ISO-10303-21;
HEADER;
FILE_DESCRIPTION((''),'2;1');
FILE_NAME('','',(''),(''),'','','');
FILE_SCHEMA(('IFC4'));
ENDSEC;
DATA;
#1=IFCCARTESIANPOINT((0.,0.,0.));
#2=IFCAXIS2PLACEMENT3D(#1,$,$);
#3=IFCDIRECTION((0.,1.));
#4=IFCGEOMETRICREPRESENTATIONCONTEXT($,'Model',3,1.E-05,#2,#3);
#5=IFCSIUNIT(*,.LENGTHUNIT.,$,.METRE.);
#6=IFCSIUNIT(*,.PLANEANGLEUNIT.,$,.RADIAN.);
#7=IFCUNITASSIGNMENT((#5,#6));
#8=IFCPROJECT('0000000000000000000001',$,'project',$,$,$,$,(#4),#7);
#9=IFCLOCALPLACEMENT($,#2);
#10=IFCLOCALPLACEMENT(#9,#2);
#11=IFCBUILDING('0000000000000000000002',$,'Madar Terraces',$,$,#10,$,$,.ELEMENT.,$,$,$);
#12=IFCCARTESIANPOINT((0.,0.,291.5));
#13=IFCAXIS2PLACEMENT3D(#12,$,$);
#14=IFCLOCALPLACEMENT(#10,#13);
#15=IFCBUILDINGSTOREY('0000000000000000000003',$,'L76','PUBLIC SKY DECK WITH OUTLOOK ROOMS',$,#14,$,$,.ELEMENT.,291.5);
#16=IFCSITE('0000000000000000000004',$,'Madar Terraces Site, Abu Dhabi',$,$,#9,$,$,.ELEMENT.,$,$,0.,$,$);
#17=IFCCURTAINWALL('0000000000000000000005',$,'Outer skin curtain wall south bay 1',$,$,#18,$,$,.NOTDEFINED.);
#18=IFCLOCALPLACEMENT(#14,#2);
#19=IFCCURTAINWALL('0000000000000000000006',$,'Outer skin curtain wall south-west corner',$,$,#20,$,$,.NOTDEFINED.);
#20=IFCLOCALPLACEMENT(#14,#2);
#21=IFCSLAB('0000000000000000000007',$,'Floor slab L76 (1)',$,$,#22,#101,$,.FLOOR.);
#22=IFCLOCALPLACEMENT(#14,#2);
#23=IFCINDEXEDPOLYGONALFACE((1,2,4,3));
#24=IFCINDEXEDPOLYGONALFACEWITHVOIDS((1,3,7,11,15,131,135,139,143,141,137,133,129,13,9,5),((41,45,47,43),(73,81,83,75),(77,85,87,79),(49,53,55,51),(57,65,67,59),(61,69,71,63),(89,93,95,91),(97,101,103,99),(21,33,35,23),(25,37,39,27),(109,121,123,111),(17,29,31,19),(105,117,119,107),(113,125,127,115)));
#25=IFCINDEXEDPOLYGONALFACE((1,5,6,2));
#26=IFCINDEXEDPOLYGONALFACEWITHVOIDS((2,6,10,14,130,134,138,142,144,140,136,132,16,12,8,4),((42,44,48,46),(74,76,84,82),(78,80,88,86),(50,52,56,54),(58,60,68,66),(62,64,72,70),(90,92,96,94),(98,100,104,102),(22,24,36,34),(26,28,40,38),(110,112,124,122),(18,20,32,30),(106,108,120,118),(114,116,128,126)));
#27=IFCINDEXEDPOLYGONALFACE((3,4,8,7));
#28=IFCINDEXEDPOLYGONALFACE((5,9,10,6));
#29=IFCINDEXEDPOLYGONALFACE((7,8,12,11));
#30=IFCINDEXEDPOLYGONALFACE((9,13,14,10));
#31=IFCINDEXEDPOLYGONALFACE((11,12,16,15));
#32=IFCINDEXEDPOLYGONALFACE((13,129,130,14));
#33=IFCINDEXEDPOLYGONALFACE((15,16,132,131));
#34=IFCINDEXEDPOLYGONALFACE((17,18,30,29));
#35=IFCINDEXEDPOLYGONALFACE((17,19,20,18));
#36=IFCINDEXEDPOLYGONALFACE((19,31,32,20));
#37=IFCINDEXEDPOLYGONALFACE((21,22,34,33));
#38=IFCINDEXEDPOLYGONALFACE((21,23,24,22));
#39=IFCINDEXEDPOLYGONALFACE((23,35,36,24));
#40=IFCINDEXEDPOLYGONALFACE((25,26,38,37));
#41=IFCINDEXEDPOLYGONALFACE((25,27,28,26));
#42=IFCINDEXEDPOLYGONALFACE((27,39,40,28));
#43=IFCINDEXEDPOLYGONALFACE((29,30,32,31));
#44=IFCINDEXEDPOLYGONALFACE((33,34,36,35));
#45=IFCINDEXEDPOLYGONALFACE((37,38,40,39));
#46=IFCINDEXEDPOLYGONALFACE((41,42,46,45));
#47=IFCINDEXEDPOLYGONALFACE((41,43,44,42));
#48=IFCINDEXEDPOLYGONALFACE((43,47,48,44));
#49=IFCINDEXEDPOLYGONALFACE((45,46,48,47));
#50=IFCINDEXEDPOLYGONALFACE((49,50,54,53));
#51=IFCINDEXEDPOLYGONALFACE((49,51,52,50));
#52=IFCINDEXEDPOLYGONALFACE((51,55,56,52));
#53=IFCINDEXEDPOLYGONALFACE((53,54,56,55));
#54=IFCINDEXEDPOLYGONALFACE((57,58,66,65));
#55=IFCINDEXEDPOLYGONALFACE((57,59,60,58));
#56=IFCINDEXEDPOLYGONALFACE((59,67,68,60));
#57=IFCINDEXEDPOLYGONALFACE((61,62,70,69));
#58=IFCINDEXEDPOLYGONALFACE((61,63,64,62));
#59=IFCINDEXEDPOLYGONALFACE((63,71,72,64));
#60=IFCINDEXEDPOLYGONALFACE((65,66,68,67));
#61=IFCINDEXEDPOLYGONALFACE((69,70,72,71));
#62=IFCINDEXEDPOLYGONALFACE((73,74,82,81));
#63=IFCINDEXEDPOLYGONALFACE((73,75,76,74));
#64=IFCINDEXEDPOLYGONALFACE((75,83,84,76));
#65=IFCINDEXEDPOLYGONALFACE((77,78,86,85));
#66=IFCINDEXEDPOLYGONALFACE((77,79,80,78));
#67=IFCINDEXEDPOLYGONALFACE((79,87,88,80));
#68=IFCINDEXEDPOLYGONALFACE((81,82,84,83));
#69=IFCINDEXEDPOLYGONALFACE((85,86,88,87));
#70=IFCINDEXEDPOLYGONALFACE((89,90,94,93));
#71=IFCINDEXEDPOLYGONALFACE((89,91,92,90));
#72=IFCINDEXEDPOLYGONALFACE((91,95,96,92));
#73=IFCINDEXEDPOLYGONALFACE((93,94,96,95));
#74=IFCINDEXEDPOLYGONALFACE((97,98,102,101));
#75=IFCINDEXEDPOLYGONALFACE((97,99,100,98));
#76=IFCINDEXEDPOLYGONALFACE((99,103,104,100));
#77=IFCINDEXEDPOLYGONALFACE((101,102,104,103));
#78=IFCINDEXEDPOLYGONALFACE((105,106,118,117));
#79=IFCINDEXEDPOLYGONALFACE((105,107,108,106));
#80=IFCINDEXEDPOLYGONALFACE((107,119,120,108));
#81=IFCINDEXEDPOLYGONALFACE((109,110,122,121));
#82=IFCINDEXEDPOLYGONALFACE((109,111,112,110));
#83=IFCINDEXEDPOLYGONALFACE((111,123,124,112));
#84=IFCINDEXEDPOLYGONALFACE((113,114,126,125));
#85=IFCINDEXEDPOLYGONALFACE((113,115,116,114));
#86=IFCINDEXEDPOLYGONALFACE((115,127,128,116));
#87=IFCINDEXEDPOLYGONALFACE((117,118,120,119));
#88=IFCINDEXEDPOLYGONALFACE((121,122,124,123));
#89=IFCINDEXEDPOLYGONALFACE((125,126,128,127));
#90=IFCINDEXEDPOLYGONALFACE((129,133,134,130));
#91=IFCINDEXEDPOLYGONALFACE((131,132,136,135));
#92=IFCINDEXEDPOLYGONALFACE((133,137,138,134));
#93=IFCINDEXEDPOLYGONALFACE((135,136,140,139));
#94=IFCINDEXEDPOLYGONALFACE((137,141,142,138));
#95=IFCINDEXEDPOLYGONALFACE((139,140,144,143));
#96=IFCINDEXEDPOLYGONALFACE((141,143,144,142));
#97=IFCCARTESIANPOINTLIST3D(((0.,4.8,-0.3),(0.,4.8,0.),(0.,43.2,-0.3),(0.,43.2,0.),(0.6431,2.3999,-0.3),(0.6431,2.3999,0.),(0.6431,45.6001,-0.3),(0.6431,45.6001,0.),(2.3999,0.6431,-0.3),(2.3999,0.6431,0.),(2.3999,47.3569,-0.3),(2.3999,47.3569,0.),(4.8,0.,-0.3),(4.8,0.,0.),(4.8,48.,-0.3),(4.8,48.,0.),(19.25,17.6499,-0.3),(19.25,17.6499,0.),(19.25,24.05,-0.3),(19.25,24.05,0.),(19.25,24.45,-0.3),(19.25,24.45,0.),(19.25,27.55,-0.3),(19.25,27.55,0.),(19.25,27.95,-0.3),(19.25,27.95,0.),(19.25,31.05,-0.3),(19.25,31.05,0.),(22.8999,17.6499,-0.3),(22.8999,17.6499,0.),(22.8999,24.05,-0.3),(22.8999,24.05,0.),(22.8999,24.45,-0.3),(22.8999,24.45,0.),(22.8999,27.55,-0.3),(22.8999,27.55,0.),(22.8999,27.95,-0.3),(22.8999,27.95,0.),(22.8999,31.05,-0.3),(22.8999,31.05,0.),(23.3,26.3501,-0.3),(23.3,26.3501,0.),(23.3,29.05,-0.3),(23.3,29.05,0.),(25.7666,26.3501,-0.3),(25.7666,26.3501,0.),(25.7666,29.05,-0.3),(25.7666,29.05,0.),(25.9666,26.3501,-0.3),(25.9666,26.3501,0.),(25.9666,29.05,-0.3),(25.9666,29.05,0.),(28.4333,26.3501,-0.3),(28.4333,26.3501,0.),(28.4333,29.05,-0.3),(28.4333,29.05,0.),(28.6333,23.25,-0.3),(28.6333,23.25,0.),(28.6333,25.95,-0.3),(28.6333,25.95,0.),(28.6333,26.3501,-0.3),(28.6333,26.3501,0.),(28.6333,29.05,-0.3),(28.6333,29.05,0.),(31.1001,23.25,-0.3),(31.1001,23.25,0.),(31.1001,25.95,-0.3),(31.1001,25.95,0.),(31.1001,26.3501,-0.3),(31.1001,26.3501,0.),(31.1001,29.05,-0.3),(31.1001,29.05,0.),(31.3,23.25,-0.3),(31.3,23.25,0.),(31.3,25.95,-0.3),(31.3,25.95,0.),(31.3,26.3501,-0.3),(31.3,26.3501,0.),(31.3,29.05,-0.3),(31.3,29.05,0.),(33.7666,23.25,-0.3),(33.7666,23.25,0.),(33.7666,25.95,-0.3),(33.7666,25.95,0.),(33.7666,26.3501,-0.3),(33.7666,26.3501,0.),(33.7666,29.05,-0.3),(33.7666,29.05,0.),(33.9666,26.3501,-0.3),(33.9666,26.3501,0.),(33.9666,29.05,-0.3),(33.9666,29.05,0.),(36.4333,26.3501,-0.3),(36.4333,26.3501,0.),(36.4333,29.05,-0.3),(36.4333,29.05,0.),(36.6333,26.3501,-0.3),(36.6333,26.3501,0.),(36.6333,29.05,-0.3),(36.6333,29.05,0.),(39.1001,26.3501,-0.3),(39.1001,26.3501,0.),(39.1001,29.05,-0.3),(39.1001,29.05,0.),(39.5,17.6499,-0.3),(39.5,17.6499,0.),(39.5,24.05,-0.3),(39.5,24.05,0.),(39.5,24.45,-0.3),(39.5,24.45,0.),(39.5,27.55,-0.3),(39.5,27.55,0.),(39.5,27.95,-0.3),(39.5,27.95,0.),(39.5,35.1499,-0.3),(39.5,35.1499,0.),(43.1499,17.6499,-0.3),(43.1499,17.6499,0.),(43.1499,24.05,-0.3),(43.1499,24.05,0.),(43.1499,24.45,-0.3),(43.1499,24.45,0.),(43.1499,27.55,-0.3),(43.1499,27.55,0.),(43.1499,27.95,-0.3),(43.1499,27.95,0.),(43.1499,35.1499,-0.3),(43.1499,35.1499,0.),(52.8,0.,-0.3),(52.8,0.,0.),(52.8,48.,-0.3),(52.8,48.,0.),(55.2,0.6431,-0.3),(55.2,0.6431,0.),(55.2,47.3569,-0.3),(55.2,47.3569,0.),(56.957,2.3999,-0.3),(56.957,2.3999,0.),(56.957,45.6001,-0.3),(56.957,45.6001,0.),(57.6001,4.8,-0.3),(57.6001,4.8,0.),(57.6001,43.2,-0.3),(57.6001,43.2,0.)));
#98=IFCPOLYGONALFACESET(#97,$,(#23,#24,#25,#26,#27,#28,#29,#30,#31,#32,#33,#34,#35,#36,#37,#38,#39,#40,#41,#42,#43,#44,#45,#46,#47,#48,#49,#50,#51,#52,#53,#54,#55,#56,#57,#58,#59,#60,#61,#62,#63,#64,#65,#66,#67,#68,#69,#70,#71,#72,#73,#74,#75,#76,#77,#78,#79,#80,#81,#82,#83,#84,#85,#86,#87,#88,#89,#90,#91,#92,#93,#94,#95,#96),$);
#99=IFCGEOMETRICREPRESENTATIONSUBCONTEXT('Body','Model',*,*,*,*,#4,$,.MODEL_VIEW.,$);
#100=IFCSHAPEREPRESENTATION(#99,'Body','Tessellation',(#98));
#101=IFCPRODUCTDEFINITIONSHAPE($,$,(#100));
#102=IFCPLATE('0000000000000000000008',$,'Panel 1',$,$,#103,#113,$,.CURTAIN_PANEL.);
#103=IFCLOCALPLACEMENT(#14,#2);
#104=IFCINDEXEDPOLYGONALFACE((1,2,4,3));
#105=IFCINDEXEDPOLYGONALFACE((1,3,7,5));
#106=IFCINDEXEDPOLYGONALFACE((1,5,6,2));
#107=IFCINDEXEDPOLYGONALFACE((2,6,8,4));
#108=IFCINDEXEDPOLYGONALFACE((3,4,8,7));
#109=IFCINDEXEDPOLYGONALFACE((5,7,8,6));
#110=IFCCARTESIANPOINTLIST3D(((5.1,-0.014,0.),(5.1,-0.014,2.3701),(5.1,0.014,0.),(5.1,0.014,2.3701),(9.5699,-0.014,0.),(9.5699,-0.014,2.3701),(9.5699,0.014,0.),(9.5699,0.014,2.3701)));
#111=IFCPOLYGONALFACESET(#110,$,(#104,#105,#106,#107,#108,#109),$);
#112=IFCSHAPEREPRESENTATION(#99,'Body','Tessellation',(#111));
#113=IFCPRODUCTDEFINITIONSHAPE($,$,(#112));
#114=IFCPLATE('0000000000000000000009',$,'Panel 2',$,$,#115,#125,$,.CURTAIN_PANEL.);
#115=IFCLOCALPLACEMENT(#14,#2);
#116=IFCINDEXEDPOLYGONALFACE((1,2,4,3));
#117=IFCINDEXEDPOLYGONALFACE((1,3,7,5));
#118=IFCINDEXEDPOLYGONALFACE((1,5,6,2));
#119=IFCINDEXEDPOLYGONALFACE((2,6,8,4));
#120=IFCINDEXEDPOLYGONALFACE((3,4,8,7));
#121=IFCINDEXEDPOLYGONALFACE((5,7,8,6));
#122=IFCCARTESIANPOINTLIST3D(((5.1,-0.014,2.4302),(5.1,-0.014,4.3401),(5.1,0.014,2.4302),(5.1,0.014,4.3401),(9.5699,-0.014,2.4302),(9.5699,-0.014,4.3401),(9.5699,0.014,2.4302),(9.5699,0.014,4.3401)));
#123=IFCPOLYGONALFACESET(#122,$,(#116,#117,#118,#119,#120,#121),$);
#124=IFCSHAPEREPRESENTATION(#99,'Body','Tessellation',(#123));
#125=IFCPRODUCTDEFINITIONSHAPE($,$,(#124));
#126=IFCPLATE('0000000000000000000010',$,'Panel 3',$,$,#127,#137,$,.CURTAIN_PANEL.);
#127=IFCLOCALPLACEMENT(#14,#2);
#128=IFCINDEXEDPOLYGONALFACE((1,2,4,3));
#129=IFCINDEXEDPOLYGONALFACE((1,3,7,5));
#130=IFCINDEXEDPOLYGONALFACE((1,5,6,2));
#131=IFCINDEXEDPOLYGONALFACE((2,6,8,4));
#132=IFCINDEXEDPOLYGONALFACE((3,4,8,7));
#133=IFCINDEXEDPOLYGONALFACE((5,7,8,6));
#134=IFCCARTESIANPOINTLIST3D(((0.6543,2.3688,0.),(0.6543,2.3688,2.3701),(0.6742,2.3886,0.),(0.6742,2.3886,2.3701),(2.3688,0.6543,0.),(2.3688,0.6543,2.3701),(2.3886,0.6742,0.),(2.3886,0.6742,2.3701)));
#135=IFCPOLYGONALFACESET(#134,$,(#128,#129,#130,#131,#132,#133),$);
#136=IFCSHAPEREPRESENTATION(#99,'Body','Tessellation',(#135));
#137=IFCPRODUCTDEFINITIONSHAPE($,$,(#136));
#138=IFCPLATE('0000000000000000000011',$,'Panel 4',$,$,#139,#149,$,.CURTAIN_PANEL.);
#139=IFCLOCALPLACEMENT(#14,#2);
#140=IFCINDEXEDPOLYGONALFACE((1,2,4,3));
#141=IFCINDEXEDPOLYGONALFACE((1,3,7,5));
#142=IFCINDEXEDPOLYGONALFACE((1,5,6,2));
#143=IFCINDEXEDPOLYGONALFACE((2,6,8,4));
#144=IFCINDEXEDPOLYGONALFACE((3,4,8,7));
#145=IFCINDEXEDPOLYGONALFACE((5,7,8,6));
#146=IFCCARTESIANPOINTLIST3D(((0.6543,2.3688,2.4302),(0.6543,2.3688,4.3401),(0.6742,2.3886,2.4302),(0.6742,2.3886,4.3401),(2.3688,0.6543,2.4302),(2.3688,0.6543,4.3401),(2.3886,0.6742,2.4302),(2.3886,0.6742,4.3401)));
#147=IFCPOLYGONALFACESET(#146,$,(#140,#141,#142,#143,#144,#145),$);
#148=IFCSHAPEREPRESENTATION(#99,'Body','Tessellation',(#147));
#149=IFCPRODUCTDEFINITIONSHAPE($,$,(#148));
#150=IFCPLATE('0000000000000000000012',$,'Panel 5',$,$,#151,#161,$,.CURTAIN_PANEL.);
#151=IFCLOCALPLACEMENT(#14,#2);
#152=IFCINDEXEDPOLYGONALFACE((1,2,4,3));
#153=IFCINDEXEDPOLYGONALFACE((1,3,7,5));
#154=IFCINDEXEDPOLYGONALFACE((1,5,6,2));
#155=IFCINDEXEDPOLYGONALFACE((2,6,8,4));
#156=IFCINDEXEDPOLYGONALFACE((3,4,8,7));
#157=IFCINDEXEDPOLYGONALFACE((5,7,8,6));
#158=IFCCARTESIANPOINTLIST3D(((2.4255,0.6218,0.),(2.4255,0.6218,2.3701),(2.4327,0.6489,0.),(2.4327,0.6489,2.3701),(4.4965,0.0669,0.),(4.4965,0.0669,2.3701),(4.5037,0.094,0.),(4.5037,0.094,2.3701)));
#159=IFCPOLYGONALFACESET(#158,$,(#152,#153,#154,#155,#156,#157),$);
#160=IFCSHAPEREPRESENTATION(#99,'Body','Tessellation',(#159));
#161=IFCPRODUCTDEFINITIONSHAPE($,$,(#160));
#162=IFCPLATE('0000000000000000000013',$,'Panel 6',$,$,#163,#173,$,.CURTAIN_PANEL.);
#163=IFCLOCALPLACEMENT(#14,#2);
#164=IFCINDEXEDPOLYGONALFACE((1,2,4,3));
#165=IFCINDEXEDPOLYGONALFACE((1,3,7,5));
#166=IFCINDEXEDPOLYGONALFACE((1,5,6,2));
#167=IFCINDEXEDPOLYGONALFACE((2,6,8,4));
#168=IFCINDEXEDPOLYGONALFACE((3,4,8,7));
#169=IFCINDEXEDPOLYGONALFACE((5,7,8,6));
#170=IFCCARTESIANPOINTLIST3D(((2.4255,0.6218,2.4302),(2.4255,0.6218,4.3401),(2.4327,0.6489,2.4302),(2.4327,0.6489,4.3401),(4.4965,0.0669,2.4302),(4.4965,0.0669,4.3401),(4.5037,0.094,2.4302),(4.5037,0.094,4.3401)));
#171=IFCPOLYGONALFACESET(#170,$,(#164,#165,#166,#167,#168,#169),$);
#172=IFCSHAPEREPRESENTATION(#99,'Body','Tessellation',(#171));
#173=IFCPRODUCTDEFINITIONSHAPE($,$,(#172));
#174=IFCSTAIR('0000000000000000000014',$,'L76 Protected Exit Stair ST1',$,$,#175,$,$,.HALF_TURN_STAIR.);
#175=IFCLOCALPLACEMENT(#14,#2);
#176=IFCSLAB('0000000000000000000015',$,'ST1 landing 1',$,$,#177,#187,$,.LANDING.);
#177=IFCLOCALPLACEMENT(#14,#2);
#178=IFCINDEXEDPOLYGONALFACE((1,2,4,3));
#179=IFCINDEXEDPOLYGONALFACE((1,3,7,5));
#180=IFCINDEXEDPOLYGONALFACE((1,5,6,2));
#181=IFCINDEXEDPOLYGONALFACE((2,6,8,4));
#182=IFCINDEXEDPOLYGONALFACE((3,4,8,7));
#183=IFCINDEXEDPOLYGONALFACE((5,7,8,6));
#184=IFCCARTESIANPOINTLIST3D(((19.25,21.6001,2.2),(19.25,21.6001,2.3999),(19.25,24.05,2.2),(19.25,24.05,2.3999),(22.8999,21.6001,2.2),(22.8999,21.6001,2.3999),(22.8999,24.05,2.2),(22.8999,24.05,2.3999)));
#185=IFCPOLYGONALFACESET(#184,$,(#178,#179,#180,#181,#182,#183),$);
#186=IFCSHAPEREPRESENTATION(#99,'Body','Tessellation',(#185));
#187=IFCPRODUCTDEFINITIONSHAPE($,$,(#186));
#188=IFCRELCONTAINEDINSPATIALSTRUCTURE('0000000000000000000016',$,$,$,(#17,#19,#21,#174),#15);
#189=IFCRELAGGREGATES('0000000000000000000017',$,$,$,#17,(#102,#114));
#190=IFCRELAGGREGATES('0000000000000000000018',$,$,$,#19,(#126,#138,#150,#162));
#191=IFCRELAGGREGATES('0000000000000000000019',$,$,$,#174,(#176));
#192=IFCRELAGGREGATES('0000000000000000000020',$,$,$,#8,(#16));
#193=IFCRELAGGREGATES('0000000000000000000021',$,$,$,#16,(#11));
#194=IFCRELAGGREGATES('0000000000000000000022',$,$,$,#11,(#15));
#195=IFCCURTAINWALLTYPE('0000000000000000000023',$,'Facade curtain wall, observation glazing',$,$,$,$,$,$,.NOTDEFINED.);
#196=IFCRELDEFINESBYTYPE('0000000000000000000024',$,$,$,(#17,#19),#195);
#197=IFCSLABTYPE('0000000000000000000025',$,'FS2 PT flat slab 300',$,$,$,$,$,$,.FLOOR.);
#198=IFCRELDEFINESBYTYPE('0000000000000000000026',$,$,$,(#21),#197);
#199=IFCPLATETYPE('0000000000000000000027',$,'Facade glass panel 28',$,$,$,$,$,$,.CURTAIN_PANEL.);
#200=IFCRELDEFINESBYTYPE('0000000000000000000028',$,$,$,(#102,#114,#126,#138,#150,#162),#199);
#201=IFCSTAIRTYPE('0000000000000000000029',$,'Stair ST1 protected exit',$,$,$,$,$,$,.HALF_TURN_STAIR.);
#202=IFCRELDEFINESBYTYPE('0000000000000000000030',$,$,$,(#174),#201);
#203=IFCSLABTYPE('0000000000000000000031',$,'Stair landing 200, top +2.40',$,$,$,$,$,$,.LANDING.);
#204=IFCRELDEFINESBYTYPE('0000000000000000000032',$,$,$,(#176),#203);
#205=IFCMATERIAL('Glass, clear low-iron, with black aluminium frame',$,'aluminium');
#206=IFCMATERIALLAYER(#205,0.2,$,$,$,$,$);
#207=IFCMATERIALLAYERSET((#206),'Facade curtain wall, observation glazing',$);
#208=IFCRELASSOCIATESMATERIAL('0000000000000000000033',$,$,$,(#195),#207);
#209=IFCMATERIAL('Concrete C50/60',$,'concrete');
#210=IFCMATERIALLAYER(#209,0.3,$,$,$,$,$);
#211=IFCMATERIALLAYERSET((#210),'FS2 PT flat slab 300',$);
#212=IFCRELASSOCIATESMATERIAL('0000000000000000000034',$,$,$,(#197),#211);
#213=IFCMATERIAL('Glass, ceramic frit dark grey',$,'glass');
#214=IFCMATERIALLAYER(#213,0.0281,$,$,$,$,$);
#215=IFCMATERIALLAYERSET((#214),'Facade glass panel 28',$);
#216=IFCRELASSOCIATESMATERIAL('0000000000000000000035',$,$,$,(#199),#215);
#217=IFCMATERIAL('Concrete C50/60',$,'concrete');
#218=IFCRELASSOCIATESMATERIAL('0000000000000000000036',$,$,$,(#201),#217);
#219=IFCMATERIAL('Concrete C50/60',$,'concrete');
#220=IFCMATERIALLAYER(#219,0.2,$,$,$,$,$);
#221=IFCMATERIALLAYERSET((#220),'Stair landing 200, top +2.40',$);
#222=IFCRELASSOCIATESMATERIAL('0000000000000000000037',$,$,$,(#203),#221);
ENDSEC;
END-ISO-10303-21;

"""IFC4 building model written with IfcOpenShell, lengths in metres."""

from ifc_helpers import new_model, si_unit, direction, frame, origin, origin_2d, place, context, subcontext, project, spatial, polyline, rectangle, outline, extrude, material, layer, layer_set, type_object, element, aggregate, save


model = new_model("IFC4")

# Units and contexts
model_context = context("Model", 3, precision=1e-05, world=origin(), true_north=direction((0.0, 1.0)))
body_context = subcontext(model_context, "Body", "Model", "MODEL_VIEW")
ifc_project = project(units=[si_unit("LENGTHUNIT", "METRE"), si_unit("PLANEANGLEUNIT", "RADIAN")], contexts=[model_context])

# Site, building, storey
site_placement = place(None, origin())
site = spatial("IfcSite", under=ifc_project, at=site_placement, Name="Madar Terraces Site, Abu Dhabi", CompositionType="ELEMENT", RefElevation=0.0)
building_placement = place(site_placement, origin())
building = spatial("IfcBuilding", under=site, at=building_placement, Name="Madar Terraces", CompositionType="ELEMENT")
storey_placement = place(building_placement, frame((0.0, 0.0, 291.5)))
storey = spatial("IfcBuildingStorey", under=building, at=storey_placement, Name="L76", Description="PUBLIC SKY DECK WITH OUTLOOK ROOMS", CompositionType="ELEMENT", Elevation=291.5)

# Curtain wall
ifc_material_1 = material(Name="Glass, clear low-iron, with black aluminium frame", Category="aluminium")
ifc_layer_1 = layer(ifc_material_1, 0.2)
ifc_layer_set_1 = layer_set([ifc_layer_1], Name="Facade curtain wall, observation glazing")
curtain_wall_type = type_object("IfcCurtainWallType", Name="Facade curtain wall, observation glazing", PredefinedType="NOTDEFINED", material=ifc_layer_set_1)
curtain_wall_1_placement = place(storey_placement, origin())
curtain_wall_1 = element("IfcCurtainWall", 1, at=curtain_wall_1_placement, inside=storey, type_object=curtain_wall_type, Name="Outer skin curtain wall south bay 1", PredefinedType="NOTDEFINED")

# Curtain wall
curtain_wall_2_placement = place(storey_placement, origin())
curtain_wall_2 = element("IfcCurtainWall", 2, at=curtain_wall_2_placement, inside=storey, type_object=curtain_wall_type, Name="Outer skin curtain wall south-west corner", PredefinedType="NOTDEFINED")

# Slab
ifc_material_2 = material(Name="Concrete C50/60", Category="concrete")
ifc_layer_2 = layer(ifc_material_2, 0.3)
ifc_layer_set_2 = layer_set([ifc_layer_2], Name="FS2 PT flat slab 300")
slab_type_1 = type_object("IfcSlabType", Name="FS2 PT flat slab 300", PredefinedType="FLOOR", material=ifc_layer_set_2)
slab_1_placement = place(storey_placement, frame((0.0, 0.0, -0.3)))
element("IfcSlab", 3, at=slab_1_placement, inside=storey, type_object=slab_type_1, Name="Floor slab L76 (1)", PredefinedType="FLOOR", context=body_context, shape_type="SweptSolid", body=[
    extrude(outline(polyline([(52.8, 0.0), (55.2, 0.6431), (56.957, 2.3999), (57.6001, 4.8), (57.6001, 43.2), (56.957, 45.6001), (55.2, 47.3569), (52.8, 48.0), (4.8, 48.0), (2.3999, 47.3569), (0.6431, 45.6001), (0.0, 43.2), (0.0, 4.8), (0.6431, 2.3999), (2.3999, 0.6431), (4.8, 0.0), (52.8, 0.0)]), holes=[polyline([(22.8999, 17.6499), (19.25, 17.6499), (19.25, 24.05), (22.8999, 24.05), (22.8999, 17.6499)]), polyline([(28.6333, 23.25), (28.6333, 25.95), (31.1001, 25.95), (31.1001, 23.25), (28.6333, 23.25)]), polyline([(19.25, 24.45), (19.25, 27.55), (22.8999, 27.55), (22.8999, 24.45), (19.25, 24.45)]), polyline([(23.3, 26.3501), (23.3, 29.05), (25.7666, 29.05), (25.7666, 26.3501), (23.3, 26.3501)]), polyline([(25.9666, 26.3501), (25.9666, 29.05), (28.4333, 29.05), (28.4333, 26.3501), (25.9666, 26.3501)]), polyline([(28.6333, 26.3501), (28.6333, 29.05), (31.1001, 29.05), (31.1001, 26.3501), (28.6333, 26.3501)]), polyline([(19.25, 27.95), (19.25, 31.05), (22.8999, 31.05), (22.8999, 27.95), (19.25, 27.95)]), polyline([(43.1499, 17.6499), (39.5, 17.6499), (39.5, 24.05), (43.1499, 24.05), (43.1499, 17.6499)]), polyline([(31.3, 23.25), (31.3, 25.95), (33.7666, 25.95), (33.7666, 23.25), (31.3, 23.25)]), polyline([(39.5, 24.45), (39.5, 27.55), (43.1499, 27.55), (43.1499, 24.45), (39.5, 24.45)]), polyline([(31.3, 26.3501), (31.3, 29.05), (33.7666, 29.05), (33.7666, 26.3501), (31.3, 26.3501)]), polyline([(33.9666, 26.3501), (33.9666, 29.05), (36.4333, 29.05), (36.4333, 26.3501), (33.9666, 26.3501)]), polyline([(36.6333, 26.3501), (36.6333, 29.05), (39.1001, 29.05), (39.1001, 26.3501), (36.6333, 26.3501)]), polyline([(39.5, 27.95), (39.5, 35.1499), (43.1499, 35.1499), (43.1499, 27.95), (39.5, 27.95)])]), origin(), (0.0, 0.0, 1.0), 0.3),
])

# Plates
ifc_material_3 = material(Name="Glass, ceramic frit dark grey", Category="glass")
ifc_layer_3 = layer(ifc_material_3, 0.0281)
ifc_layer_set_3 = layer_set([ifc_layer_3], Name="Facade glass panel 28")
plate_type = type_object("IfcPlateType", Name="Facade glass panel 28", PredefinedType="CURTAIN_PANEL", material=ifc_layer_set_3)
plate_1_placement = place(storey_placement, frame((7.335, 0.0, 0.0), z_axis=(0.0, 0.0, 1.0), x_axis=(1.0, 0.0, 0.0)))
plate_1 = element("IfcPlate", 4, at=plate_1_placement, type_object=plate_type, Name="Panel 1", PredefinedType="CURTAIN_PANEL", context=body_context, shape_type="SweptSolid", body=[
    extrude(rectangle(XDim=4.47, YDim=0.0281, at=origin_2d()), origin(), (0.0, 0.0, 1.0), 2.3701),
])
plate_2_placement = place(storey_placement, frame((7.335, 0.0, 2.4302), z_axis=(0.0, 0.0, 1.0), x_axis=(1.0, 0.0, 0.0)))
plate_2 = element("IfcPlate", 5, at=plate_2_placement, type_object=plate_type, Name="Panel 2", PredefinedType="CURTAIN_PANEL", context=body_context, shape_type="SweptSolid", body=[
    extrude(rectangle(XDim=4.47, YDim=0.0281, at=origin_2d()), origin(), (0.0, 0.0, 1.0), 1.9099),
])
aggregate(curtain_wall_1, [plate_1, plate_2])
plate_3_placement = place(storey_placement, frame((1.5215, 1.5215, 0.0), z_axis=(0.0, 0.0, 1.0), x_axis=(0.707107, -0.707107, 0.0)))
plate_3 = element("IfcPlate", 6, at=plate_3_placement, type_object=plate_type, Name="Panel 3", PredefinedType="CURTAIN_PANEL", context=body_context, shape_type="SweptSolid", body=[
    extrude(rectangle(XDim=2.4246, YDim=0.0281, at=origin_2d()), origin(), (0.0, 0.0, 1.0), 2.3701),
])
plate_4_placement = place(storey_placement, frame((1.5215, 1.5215, 2.4302), z_axis=(0.0, 0.0, 1.0), x_axis=(0.707107, -0.707107, 0.0)))
plate_4 = element("IfcPlate", 7, at=plate_4_placement, type_object=plate_type, Name="Panel 4", PredefinedType="CURTAIN_PANEL", context=body_context, shape_type="SweptSolid", body=[
    extrude(rectangle(XDim=2.4246, YDim=0.0281, at=origin_2d()), origin(), (0.0, 0.0, 1.0), 1.9099),
])
plate_5_placement = place(storey_placement, frame((3.4646, 0.3579, 0.0), z_axis=(0.0, 0.0, 1.0), x_axis=(0.965926, -0.258819, 0.0)))
plate_5 = element("IfcPlate", 8, at=plate_5_placement, type_object=plate_type, Name="Panel 5", PredefinedType="CURTAIN_PANEL", context=body_context, shape_type="SweptSolid", body=[
    extrude(rectangle(XDim=2.144, YDim=0.0281, at=origin_2d()), origin(), (0.0, 0.0, 1.0), 2.3701),
])
plate_6_placement = place(storey_placement, frame((3.4646, 0.3579, 2.4302), z_axis=(0.0, 0.0, 1.0), x_axis=(0.965926, -0.258819, 0.0)))
plate_6 = element("IfcPlate", 9, at=plate_6_placement, type_object=plate_type, Name="Panel 6", PredefinedType="CURTAIN_PANEL", context=body_context, shape_type="SweptSolid", body=[
    extrude(rectangle(XDim=2.144, YDim=0.0281, at=origin_2d()), origin(), (0.0, 0.0, 1.0), 1.9099),
])
aggregate(curtain_wall_2, [plate_3, plate_4, plate_5, plate_6])

# Stair, slab
ifc_material_4 = material(Name="Concrete C50/60", Category="concrete")
stair_type_1 = type_object("IfcStairType", Name="Stair ST1 protected exit", PredefinedType="HALF_TURN_STAIR", material=ifc_material_4)
stair_1_placement = place(storey_placement, origin())
stair_1 = element("IfcStair", 10, at=stair_1_placement, inside=storey, type_object=stair_type_1, Name="L76 Protected Exit Stair ST1", PredefinedType="HALF_TURN_STAIR")
ifc_material_5 = material(Name="Concrete C50/60", Category="concrete")
ifc_layer_4 = layer(ifc_material_5, 0.2)
ifc_layer_set_4 = layer_set([ifc_layer_4], Name="Stair landing 200, top +2.40")
slab_type_2 = type_object("IfcSlabType", Name="Stair landing 200, top +2.40", PredefinedType="LANDING", material=ifc_layer_set_4)
slab_2_placement = place(storey_placement, frame((0.0, 0.0, 2.2)))
slab_2 = element("IfcSlab", 11, at=slab_2_placement, type_object=slab_type_2, Name="ST1 landing 1", PredefinedType="LANDING", context=body_context, shape_type="SweptSolid", body=[
    extrude(outline(polyline([(19.25, 21.6001), (22.8999, 21.6001), (22.8999, 24.05), (19.25, 24.05), (19.25, 21.6001)])), origin(), (0.0, 0.0, 1.0), 0.2),
])
aggregate(stair_1, [slab_2])

save(model, "model.ifc")
